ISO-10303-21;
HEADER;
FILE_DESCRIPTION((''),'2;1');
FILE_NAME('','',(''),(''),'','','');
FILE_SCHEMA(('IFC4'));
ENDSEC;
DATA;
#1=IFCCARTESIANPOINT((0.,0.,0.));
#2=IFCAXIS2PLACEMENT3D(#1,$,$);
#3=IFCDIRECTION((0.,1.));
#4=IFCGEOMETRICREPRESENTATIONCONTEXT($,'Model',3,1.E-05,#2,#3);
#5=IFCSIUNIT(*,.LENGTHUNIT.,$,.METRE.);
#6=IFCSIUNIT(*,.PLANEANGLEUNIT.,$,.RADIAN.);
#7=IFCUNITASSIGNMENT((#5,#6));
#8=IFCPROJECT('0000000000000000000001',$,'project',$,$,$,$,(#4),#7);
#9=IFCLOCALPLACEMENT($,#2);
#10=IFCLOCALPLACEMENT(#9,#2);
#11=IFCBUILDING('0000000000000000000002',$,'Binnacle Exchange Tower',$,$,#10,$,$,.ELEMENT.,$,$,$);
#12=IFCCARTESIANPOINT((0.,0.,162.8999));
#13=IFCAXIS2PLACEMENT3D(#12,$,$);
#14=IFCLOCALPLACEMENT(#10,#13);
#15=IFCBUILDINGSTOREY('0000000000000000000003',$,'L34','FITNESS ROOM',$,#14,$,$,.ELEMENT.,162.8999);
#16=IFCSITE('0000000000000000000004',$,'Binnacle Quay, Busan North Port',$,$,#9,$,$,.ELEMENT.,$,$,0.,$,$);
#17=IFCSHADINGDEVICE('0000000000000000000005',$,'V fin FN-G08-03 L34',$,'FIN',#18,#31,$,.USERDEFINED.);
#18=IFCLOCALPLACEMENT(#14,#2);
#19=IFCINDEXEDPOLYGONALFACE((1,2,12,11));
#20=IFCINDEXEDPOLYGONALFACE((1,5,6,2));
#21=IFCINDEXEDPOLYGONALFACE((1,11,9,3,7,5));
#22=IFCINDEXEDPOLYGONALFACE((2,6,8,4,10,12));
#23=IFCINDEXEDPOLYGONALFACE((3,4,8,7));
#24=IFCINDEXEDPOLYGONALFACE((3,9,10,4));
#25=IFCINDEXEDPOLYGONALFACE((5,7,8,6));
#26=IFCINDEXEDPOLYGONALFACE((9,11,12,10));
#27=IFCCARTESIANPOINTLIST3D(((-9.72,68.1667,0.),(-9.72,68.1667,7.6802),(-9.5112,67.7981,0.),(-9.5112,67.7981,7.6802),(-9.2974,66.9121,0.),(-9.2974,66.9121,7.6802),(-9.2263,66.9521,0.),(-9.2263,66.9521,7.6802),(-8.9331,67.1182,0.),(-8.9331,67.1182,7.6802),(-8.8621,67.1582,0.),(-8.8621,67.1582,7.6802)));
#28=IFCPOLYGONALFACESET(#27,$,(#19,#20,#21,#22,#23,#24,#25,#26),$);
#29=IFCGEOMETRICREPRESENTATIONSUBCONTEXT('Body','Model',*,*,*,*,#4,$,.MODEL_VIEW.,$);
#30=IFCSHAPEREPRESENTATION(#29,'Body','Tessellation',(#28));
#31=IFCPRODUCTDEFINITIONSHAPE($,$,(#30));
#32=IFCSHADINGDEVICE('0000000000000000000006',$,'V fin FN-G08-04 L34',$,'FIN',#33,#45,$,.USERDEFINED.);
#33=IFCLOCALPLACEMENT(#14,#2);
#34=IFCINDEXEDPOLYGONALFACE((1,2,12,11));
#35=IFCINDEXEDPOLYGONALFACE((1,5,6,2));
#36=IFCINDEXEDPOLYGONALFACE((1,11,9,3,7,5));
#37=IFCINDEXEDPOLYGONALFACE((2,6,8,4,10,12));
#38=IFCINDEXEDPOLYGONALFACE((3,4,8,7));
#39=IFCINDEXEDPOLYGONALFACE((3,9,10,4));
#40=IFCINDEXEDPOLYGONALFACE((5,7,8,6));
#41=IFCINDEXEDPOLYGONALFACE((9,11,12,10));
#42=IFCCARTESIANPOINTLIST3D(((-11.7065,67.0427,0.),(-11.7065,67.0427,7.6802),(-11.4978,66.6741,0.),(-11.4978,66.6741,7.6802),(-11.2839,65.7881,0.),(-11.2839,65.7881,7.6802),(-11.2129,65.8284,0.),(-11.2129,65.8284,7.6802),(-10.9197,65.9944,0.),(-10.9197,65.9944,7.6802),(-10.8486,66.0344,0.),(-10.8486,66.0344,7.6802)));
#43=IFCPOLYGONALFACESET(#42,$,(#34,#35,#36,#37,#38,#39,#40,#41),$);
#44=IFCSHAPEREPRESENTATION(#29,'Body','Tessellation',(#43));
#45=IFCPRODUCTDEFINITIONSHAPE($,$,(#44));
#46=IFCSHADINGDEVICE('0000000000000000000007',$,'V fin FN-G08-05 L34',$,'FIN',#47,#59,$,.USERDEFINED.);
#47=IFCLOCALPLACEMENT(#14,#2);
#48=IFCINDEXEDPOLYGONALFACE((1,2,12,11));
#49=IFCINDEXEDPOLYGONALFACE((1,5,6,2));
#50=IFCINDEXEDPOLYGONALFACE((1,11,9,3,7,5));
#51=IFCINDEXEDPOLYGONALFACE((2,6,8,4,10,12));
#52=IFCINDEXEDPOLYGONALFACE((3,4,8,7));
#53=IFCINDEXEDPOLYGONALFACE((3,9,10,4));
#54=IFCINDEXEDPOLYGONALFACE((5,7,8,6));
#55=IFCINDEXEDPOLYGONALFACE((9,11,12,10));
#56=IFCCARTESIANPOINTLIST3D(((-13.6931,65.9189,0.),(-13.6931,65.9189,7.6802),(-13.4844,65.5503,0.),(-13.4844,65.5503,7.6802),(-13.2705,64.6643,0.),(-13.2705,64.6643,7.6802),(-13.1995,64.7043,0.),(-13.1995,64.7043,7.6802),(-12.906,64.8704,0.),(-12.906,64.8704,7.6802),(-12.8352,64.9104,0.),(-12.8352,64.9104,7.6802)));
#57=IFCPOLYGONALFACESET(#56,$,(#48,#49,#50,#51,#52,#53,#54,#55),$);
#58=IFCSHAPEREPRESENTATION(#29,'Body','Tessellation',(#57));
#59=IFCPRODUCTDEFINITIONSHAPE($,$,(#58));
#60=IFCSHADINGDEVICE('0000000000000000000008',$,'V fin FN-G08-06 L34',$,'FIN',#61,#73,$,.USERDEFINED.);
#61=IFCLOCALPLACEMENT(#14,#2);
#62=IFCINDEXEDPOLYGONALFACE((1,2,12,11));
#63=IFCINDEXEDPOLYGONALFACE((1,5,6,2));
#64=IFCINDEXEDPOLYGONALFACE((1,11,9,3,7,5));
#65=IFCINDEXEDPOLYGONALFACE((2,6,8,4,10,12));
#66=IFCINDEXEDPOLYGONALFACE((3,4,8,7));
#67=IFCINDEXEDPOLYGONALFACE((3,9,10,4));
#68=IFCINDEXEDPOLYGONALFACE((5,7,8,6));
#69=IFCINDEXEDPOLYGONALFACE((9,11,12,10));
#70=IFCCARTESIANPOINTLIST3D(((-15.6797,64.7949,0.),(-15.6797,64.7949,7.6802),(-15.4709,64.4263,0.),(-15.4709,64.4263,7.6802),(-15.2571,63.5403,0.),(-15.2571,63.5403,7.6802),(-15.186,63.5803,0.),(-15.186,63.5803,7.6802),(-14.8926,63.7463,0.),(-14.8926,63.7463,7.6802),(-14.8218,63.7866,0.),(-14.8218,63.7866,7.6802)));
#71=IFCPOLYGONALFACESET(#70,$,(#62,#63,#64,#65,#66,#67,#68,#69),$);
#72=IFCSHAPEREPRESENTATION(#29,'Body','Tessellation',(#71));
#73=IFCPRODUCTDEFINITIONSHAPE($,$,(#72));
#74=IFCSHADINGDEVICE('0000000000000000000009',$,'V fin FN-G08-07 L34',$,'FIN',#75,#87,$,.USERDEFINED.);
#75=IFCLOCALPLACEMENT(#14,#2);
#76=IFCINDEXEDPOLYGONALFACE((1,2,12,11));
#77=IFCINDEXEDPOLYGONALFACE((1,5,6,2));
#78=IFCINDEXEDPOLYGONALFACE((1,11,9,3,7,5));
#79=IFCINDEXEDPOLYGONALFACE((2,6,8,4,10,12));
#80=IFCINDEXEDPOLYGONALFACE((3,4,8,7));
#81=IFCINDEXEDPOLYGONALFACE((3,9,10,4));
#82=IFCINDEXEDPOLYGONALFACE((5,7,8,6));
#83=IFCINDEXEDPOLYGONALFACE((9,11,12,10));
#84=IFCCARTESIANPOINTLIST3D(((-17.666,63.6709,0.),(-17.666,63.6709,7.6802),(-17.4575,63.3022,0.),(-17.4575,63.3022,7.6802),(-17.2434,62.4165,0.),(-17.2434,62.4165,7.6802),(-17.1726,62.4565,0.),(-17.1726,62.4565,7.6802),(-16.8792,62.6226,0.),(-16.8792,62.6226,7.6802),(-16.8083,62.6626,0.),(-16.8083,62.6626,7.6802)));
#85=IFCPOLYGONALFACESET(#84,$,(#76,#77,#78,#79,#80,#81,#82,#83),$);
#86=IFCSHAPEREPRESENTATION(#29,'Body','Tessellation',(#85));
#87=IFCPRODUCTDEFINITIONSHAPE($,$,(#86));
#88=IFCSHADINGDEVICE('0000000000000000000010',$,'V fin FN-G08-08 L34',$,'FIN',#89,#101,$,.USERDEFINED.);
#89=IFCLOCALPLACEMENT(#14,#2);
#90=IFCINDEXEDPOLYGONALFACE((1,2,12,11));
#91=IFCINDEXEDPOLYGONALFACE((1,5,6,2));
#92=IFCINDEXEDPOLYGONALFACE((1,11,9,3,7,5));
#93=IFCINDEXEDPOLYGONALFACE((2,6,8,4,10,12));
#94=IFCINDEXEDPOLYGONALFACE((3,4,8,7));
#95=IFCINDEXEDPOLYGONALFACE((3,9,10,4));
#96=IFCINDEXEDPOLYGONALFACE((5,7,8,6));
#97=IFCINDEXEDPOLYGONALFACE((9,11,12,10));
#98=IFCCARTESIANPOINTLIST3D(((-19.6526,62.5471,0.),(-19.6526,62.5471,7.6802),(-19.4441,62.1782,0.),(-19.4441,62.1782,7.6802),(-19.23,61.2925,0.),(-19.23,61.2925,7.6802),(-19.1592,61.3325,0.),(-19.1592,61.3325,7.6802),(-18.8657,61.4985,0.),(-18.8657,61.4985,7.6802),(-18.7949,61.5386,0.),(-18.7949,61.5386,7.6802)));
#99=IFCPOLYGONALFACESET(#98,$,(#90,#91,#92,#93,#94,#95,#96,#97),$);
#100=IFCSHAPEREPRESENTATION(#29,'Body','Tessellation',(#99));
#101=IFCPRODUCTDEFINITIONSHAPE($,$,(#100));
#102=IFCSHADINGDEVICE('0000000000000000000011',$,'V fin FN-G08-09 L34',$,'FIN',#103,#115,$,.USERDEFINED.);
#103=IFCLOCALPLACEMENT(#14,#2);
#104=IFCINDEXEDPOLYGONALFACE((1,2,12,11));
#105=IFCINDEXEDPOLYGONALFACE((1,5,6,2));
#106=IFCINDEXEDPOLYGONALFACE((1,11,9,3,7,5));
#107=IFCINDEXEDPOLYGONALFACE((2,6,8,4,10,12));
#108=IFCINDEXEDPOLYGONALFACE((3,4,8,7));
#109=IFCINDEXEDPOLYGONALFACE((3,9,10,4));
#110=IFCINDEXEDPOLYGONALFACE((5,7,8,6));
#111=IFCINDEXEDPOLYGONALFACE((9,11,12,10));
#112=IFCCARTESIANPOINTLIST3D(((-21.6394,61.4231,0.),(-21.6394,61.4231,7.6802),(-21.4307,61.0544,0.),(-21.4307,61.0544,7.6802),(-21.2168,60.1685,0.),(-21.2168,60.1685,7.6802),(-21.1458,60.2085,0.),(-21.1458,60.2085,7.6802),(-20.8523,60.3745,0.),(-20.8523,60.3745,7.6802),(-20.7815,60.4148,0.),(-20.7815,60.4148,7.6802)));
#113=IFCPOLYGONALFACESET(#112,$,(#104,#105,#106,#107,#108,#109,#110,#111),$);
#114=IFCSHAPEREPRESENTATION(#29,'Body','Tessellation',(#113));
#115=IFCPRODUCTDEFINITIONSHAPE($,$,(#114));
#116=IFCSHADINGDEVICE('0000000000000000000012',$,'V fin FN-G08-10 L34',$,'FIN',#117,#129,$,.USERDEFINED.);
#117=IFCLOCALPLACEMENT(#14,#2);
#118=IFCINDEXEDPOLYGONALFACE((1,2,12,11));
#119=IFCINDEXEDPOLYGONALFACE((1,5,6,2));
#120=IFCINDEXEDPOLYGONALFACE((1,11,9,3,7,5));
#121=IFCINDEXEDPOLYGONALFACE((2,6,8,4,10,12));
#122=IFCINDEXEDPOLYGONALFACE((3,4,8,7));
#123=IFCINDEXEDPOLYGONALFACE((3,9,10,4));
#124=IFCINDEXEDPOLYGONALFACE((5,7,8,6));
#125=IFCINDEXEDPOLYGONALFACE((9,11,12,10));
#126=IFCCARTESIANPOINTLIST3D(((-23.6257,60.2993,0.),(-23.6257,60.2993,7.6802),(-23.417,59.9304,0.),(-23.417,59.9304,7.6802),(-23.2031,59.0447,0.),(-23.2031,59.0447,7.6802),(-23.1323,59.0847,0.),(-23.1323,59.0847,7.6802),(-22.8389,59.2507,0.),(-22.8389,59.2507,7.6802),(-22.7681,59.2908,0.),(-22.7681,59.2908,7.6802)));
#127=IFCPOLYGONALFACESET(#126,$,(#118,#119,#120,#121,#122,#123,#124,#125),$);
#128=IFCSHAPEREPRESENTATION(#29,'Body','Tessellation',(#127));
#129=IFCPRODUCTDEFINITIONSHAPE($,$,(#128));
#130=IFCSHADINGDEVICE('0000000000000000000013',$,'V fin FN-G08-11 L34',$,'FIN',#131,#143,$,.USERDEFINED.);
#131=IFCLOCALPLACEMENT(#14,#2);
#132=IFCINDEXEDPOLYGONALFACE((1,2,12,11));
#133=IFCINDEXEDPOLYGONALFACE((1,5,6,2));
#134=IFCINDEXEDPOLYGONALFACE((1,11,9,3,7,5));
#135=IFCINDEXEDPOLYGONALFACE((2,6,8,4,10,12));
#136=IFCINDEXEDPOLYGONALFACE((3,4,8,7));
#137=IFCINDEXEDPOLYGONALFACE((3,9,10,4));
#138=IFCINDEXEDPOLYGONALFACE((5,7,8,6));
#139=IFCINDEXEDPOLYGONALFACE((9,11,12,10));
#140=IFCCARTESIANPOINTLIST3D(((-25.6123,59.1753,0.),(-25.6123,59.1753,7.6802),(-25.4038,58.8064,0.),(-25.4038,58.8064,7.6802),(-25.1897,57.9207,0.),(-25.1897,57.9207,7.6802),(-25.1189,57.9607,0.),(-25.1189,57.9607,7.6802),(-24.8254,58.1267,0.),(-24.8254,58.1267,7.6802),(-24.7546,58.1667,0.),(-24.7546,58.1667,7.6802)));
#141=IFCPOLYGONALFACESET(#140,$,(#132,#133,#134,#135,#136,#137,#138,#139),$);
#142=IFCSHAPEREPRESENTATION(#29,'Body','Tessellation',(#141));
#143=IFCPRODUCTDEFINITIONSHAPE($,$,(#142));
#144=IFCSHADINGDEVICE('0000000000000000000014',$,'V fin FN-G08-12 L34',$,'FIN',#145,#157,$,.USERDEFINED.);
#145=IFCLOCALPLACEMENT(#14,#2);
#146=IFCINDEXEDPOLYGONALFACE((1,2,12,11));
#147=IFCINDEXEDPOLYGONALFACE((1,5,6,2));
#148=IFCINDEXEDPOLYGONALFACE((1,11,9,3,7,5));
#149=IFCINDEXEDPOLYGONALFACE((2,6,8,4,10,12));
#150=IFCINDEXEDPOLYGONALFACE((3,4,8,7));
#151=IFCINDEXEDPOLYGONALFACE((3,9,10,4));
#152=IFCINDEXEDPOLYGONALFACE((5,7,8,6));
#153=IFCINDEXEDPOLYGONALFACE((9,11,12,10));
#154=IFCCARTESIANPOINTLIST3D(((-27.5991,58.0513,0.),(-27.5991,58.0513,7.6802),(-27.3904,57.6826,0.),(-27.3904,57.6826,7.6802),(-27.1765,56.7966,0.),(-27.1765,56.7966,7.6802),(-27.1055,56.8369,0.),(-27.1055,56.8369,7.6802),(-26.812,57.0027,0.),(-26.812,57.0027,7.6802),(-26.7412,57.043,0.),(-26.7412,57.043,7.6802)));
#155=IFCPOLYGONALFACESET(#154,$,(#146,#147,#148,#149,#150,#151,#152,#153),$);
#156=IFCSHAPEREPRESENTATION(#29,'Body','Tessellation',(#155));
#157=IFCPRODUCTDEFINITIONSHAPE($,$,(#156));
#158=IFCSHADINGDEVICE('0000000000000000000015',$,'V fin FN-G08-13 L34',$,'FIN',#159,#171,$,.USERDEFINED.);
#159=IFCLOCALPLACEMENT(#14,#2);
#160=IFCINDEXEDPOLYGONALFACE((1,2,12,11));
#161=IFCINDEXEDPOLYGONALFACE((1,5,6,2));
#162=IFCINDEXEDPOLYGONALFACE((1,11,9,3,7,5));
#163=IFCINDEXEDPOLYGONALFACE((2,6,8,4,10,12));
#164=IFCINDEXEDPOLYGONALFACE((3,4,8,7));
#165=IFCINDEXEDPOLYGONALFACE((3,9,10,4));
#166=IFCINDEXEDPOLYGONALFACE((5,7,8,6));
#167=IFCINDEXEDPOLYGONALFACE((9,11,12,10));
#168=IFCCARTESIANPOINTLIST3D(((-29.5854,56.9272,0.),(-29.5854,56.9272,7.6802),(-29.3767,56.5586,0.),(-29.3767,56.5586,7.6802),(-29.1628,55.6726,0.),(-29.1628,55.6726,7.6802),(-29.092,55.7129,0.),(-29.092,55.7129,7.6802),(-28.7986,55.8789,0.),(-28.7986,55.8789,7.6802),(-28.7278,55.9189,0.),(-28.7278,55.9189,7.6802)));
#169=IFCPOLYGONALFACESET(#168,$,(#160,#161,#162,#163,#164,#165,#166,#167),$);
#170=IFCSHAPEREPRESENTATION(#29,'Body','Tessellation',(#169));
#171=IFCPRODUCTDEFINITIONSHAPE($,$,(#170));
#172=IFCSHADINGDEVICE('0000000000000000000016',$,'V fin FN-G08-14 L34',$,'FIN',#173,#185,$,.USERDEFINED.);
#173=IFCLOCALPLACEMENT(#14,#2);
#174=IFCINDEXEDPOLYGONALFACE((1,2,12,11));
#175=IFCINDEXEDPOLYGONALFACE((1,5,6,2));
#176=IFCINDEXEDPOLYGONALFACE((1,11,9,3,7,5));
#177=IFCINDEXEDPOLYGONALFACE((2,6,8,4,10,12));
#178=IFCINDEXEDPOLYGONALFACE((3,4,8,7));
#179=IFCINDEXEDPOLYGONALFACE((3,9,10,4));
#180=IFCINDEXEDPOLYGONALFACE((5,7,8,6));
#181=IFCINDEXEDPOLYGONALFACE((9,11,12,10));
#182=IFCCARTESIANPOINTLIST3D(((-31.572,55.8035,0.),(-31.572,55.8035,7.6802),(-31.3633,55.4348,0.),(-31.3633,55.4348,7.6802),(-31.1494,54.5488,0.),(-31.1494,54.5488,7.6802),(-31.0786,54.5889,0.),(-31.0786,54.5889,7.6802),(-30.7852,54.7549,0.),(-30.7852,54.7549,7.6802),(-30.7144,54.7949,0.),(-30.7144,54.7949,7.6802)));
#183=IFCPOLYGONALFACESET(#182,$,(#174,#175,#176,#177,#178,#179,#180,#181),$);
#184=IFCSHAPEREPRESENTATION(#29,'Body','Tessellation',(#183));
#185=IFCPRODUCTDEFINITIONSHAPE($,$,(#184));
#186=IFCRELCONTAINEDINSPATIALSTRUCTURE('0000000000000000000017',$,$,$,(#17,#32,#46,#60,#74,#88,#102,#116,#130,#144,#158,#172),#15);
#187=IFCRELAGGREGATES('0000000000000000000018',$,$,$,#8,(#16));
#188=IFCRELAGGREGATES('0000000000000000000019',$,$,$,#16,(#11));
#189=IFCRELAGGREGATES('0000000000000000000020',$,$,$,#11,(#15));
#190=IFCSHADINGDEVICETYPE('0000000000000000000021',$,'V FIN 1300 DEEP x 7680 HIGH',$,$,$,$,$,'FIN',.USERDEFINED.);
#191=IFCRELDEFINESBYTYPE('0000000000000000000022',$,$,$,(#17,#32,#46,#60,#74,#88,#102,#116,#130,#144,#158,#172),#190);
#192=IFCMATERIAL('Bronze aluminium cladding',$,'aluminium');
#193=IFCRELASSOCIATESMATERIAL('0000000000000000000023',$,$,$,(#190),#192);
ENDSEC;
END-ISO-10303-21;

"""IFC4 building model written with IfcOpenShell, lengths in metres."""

from ifc_helpers import new_model, si_unit, direction, frame, origin, place, context, subcontext, project, spatial, polyline, outline, extrude, material, type_object, element, save


model = new_model("IFC4")

# Units and contexts
model_context = context("Model", 3, precision=1e-05, world=origin(), true_north=direction((0.0, 1.0)))
body_context = subcontext(model_context, "Body", "Model", "MODEL_VIEW")
ifc_project = project(units=[si_unit("LENGTHUNIT", "METRE"), si_unit("PLANEANGLEUNIT", "RADIAN")], contexts=[model_context])

# Site, building, storey
site_placement = place(None, origin())
site = spatial("IfcSite", under=ifc_project, at=site_placement, Name="Binnacle Quay, Busan North Port", CompositionType="ELEMENT", RefElevation=0.0)
building_placement = place(site_placement, origin())
building = spatial("IfcBuilding", under=site, at=building_placement, Name="Binnacle Exchange Tower", CompositionType="ELEMENT")
storey_placement = place(building_placement, frame((0.0, 0.0, 162.8999)))
storey = spatial("IfcBuildingStorey", under=building, at=storey_placement, Name="L34", Description="FITNESS ROOM", CompositionType="ELEMENT", Elevation=162.8999)

# Shading devices
ifc_material = material(Name="Bronze aluminium cladding", Category="aluminium")
shading_device_type = type_object("IfcShadingDeviceType", Name="V FIN 1300 DEEP x 7680 HIGH", ElementType="FIN", PredefinedType="USERDEFINED", material=ifc_material)
shading_device_1_placement = place(storey_placement, origin())
element("IfcShadingDevice", 1, at=shading_device_1_placement, inside=storey, type_object=shading_device_type, Name="V fin FN-G08-03 L34", ObjectType="FIN", PredefinedType="USERDEFINED", context=body_context, shape_type="SweptSolid", body=[
    extrude(outline(polyline([(-8.8621, 67.1582), (-9.72, 68.1667), (-9.2974, 66.9121), (-9.2263, 66.9521), (-9.5112, 67.7981), (-8.9331, 67.1182), (-8.8621, 67.1582)])), origin(), (0.0, 0.0, 1.0), 7.6802),
])
shading_device_2_placement = place(storey_placement, origin())
element("IfcShadingDevice", 2, at=shading_device_2_placement, inside=storey, type_object=shading_device_type, Name="V fin FN-G08-04 L34", ObjectType="FIN", PredefinedType="USERDEFINED", context=body_context, shape_type="SweptSolid", body=[
    extrude(outline(polyline([(-10.8486, 66.0344), (-11.7065, 67.0427), (-11.2839, 65.7881), (-11.2129, 65.8284), (-11.4978, 66.6741), (-10.9197, 65.9944), (-10.8486, 66.0344)])), origin(), (0.0, 0.0, 1.0), 7.6802),
])
shading_device_3_placement = place(storey_placement, origin())
element("IfcShadingDevice", 3, at=shading_device_3_placement, inside=storey, type_object=shading_device_type, Name="V fin FN-G08-05 L34", ObjectType="FIN", PredefinedType="USERDEFINED", context=body_context, shape_type="SweptSolid", body=[
    extrude(outline(polyline([(-12.8352, 64.9104), (-13.6931, 65.9189), (-13.2705, 64.6643), (-13.1995, 64.7043), (-13.4844, 65.5503), (-12.906, 64.8704), (-12.8352, 64.9104)])), origin(), (0.0, 0.0, 1.0), 7.6802),
])
shading_device_4_placement = place(storey_placement, origin())
element("IfcShadingDevice", 4, at=shading_device_4_placement, inside=storey, type_object=shading_device_type, Name="V fin FN-G08-06 L34", ObjectType="FIN", PredefinedType="USERDEFINED", context=body_context, shape_type="SweptSolid", body=[
    extrude(outline(polyline([(-14.8218, 63.7866), (-15.6797, 64.7949), (-15.2571, 63.5403), (-15.186, 63.5803), (-15.4709, 64.4263), (-14.8926, 63.7463), (-14.8218, 63.7866)])), origin(), (0.0, 0.0, 1.0), 7.6802),
])
shading_device_5_placement = place(storey_placement, origin())
element("IfcShadingDevice", 5, at=shading_device_5_placement, inside=storey, type_object=shading_device_type, Name="V fin FN-G08-07 L34", ObjectType="FIN", PredefinedType="USERDEFINED", context=body_context, shape_type="SweptSolid", body=[
    extrude(outline(polyline([(-16.8083, 62.6626), (-17.666, 63.6709), (-17.2434, 62.4165), (-17.1726, 62.4565), (-17.4575, 63.3022), (-16.8792, 62.6226), (-16.8083, 62.6626)])), origin(), (0.0, 0.0, 1.0), 7.6802),
])
shading_device_6_placement = place(storey_placement, origin())
element("IfcShadingDevice", 6, at=shading_device_6_placement, inside=storey, type_object=shading_device_type, Name="V fin FN-G08-08 L34", ObjectType="FIN", PredefinedType="USERDEFINED", context=body_context, shape_type="SweptSolid", body=[
    extrude(outline(polyline([(-18.7949, 61.5386), (-19.6526, 62.5471), (-19.23, 61.2925), (-19.1592, 61.3325), (-19.4441, 62.1782), (-18.8657, 61.4985), (-18.7949, 61.5386)])), origin(), (0.0, 0.0, 1.0), 7.6802),
])
shading_device_7_placement = place(storey_placement, origin())
element("IfcShadingDevice", 7, at=shading_device_7_placement, inside=storey, type_object=shading_device_type, Name="V fin FN-G08-09 L34", ObjectType="FIN", PredefinedType="USERDEFINED", context=body_context, shape_type="SweptSolid", body=[
    extrude(outline(polyline([(-20.7815, 60.4148), (-21.6394, 61.4231), (-21.2168, 60.1685), (-21.1458, 60.2085), (-21.4307, 61.0544), (-20.8523, 60.3745), (-20.7815, 60.4148)])), origin(), (0.0, 0.0, 1.0), 7.6802),
])
shading_device_8_placement = place(storey_placement, origin())
element("IfcShadingDevice", 8, at=shading_device_8_placement, inside=storey, type_object=shading_device_type, Name="V fin FN-G08-10 L34", ObjectType="FIN", PredefinedType="USERDEFINED", context=body_context, shape_type="SweptSolid", body=[
    extrude(outline(polyline([(-22.7681, 59.2908), (-23.6257, 60.2993), (-23.2031, 59.0447), (-23.1323, 59.0847), (-23.417, 59.9304), (-22.8389, 59.2507), (-22.7681, 59.2908)])), origin(), (0.0, 0.0, 1.0), 7.6802),
])
shading_device_9_placement = place(storey_placement, origin())
element("IfcShadingDevice", 9, at=shading_device_9_placement, inside=storey, type_object=shading_device_type, Name="V fin FN-G08-11 L34", ObjectType="FIN", PredefinedType="USERDEFINED", context=body_context, shape_type="SweptSolid", body=[
    extrude(outline(polyline([(-24.7546, 58.1667), (-25.6123, 59.1753), (-25.1897, 57.9207), (-25.1189, 57.9607), (-25.4038, 58.8064), (-24.8254, 58.1267), (-24.7546, 58.1667)])), origin(), (0.0, 0.0, 1.0), 7.6802),
])
shading_device_10_placement = place(storey_placement, origin())
element("IfcShadingDevice", 10, at=shading_device_10_placement, inside=storey, type_object=shading_device_type, Name="V fin FN-G08-12 L34", ObjectType="FIN", PredefinedType="USERDEFINED", context=body_context, shape_type="SweptSolid", body=[
    extrude(outline(polyline([(-26.7412, 57.043), (-27.5991, 58.0513), (-27.1765, 56.7966), (-27.1055, 56.8369), (-27.3904, 57.6826), (-26.812, 57.0027), (-26.7412, 57.043)])), origin(), (0.0, 0.0, 1.0), 7.6802),
])
shading_device_11_placement = place(storey_placement, origin())
element("IfcShadingDevice", 11, at=shading_device_11_placement, inside=storey, type_object=shading_device_type, Name="V fin FN-G08-13 L34", ObjectType="FIN", PredefinedType="USERDEFINED", context=body_context, shape_type="SweptSolid", body=[
    extrude(outline(polyline([(-28.7278, 55.9189), (-29.5854, 56.9272), (-29.1628, 55.6726), (-29.092, 55.7129), (-29.3767, 56.5586), (-28.7986, 55.8789), (-28.7278, 55.9189)])), origin(), (0.0, 0.0, 1.0), 7.6802),
])
shading_device_12_placement = place(storey_placement, origin())
element("IfcShadingDevice", 12, at=shading_device_12_placement, inside=storey, type_object=shading_device_type, Name="V fin FN-G08-14 L34", ObjectType="FIN", PredefinedType="USERDEFINED", context=body_context, shape_type="SweptSolid", body=[
    extrude(outline(polyline([(-30.7144, 54.7949), (-31.572, 55.8035), (-31.1494, 54.5488), (-31.0786, 54.5889), (-31.3633, 55.4348), (-30.7852, 54.7549), (-30.7144, 54.7949)])), origin(), (0.0, 0.0, 1.0), 7.6802),
])

save(model, "model.ifc")
